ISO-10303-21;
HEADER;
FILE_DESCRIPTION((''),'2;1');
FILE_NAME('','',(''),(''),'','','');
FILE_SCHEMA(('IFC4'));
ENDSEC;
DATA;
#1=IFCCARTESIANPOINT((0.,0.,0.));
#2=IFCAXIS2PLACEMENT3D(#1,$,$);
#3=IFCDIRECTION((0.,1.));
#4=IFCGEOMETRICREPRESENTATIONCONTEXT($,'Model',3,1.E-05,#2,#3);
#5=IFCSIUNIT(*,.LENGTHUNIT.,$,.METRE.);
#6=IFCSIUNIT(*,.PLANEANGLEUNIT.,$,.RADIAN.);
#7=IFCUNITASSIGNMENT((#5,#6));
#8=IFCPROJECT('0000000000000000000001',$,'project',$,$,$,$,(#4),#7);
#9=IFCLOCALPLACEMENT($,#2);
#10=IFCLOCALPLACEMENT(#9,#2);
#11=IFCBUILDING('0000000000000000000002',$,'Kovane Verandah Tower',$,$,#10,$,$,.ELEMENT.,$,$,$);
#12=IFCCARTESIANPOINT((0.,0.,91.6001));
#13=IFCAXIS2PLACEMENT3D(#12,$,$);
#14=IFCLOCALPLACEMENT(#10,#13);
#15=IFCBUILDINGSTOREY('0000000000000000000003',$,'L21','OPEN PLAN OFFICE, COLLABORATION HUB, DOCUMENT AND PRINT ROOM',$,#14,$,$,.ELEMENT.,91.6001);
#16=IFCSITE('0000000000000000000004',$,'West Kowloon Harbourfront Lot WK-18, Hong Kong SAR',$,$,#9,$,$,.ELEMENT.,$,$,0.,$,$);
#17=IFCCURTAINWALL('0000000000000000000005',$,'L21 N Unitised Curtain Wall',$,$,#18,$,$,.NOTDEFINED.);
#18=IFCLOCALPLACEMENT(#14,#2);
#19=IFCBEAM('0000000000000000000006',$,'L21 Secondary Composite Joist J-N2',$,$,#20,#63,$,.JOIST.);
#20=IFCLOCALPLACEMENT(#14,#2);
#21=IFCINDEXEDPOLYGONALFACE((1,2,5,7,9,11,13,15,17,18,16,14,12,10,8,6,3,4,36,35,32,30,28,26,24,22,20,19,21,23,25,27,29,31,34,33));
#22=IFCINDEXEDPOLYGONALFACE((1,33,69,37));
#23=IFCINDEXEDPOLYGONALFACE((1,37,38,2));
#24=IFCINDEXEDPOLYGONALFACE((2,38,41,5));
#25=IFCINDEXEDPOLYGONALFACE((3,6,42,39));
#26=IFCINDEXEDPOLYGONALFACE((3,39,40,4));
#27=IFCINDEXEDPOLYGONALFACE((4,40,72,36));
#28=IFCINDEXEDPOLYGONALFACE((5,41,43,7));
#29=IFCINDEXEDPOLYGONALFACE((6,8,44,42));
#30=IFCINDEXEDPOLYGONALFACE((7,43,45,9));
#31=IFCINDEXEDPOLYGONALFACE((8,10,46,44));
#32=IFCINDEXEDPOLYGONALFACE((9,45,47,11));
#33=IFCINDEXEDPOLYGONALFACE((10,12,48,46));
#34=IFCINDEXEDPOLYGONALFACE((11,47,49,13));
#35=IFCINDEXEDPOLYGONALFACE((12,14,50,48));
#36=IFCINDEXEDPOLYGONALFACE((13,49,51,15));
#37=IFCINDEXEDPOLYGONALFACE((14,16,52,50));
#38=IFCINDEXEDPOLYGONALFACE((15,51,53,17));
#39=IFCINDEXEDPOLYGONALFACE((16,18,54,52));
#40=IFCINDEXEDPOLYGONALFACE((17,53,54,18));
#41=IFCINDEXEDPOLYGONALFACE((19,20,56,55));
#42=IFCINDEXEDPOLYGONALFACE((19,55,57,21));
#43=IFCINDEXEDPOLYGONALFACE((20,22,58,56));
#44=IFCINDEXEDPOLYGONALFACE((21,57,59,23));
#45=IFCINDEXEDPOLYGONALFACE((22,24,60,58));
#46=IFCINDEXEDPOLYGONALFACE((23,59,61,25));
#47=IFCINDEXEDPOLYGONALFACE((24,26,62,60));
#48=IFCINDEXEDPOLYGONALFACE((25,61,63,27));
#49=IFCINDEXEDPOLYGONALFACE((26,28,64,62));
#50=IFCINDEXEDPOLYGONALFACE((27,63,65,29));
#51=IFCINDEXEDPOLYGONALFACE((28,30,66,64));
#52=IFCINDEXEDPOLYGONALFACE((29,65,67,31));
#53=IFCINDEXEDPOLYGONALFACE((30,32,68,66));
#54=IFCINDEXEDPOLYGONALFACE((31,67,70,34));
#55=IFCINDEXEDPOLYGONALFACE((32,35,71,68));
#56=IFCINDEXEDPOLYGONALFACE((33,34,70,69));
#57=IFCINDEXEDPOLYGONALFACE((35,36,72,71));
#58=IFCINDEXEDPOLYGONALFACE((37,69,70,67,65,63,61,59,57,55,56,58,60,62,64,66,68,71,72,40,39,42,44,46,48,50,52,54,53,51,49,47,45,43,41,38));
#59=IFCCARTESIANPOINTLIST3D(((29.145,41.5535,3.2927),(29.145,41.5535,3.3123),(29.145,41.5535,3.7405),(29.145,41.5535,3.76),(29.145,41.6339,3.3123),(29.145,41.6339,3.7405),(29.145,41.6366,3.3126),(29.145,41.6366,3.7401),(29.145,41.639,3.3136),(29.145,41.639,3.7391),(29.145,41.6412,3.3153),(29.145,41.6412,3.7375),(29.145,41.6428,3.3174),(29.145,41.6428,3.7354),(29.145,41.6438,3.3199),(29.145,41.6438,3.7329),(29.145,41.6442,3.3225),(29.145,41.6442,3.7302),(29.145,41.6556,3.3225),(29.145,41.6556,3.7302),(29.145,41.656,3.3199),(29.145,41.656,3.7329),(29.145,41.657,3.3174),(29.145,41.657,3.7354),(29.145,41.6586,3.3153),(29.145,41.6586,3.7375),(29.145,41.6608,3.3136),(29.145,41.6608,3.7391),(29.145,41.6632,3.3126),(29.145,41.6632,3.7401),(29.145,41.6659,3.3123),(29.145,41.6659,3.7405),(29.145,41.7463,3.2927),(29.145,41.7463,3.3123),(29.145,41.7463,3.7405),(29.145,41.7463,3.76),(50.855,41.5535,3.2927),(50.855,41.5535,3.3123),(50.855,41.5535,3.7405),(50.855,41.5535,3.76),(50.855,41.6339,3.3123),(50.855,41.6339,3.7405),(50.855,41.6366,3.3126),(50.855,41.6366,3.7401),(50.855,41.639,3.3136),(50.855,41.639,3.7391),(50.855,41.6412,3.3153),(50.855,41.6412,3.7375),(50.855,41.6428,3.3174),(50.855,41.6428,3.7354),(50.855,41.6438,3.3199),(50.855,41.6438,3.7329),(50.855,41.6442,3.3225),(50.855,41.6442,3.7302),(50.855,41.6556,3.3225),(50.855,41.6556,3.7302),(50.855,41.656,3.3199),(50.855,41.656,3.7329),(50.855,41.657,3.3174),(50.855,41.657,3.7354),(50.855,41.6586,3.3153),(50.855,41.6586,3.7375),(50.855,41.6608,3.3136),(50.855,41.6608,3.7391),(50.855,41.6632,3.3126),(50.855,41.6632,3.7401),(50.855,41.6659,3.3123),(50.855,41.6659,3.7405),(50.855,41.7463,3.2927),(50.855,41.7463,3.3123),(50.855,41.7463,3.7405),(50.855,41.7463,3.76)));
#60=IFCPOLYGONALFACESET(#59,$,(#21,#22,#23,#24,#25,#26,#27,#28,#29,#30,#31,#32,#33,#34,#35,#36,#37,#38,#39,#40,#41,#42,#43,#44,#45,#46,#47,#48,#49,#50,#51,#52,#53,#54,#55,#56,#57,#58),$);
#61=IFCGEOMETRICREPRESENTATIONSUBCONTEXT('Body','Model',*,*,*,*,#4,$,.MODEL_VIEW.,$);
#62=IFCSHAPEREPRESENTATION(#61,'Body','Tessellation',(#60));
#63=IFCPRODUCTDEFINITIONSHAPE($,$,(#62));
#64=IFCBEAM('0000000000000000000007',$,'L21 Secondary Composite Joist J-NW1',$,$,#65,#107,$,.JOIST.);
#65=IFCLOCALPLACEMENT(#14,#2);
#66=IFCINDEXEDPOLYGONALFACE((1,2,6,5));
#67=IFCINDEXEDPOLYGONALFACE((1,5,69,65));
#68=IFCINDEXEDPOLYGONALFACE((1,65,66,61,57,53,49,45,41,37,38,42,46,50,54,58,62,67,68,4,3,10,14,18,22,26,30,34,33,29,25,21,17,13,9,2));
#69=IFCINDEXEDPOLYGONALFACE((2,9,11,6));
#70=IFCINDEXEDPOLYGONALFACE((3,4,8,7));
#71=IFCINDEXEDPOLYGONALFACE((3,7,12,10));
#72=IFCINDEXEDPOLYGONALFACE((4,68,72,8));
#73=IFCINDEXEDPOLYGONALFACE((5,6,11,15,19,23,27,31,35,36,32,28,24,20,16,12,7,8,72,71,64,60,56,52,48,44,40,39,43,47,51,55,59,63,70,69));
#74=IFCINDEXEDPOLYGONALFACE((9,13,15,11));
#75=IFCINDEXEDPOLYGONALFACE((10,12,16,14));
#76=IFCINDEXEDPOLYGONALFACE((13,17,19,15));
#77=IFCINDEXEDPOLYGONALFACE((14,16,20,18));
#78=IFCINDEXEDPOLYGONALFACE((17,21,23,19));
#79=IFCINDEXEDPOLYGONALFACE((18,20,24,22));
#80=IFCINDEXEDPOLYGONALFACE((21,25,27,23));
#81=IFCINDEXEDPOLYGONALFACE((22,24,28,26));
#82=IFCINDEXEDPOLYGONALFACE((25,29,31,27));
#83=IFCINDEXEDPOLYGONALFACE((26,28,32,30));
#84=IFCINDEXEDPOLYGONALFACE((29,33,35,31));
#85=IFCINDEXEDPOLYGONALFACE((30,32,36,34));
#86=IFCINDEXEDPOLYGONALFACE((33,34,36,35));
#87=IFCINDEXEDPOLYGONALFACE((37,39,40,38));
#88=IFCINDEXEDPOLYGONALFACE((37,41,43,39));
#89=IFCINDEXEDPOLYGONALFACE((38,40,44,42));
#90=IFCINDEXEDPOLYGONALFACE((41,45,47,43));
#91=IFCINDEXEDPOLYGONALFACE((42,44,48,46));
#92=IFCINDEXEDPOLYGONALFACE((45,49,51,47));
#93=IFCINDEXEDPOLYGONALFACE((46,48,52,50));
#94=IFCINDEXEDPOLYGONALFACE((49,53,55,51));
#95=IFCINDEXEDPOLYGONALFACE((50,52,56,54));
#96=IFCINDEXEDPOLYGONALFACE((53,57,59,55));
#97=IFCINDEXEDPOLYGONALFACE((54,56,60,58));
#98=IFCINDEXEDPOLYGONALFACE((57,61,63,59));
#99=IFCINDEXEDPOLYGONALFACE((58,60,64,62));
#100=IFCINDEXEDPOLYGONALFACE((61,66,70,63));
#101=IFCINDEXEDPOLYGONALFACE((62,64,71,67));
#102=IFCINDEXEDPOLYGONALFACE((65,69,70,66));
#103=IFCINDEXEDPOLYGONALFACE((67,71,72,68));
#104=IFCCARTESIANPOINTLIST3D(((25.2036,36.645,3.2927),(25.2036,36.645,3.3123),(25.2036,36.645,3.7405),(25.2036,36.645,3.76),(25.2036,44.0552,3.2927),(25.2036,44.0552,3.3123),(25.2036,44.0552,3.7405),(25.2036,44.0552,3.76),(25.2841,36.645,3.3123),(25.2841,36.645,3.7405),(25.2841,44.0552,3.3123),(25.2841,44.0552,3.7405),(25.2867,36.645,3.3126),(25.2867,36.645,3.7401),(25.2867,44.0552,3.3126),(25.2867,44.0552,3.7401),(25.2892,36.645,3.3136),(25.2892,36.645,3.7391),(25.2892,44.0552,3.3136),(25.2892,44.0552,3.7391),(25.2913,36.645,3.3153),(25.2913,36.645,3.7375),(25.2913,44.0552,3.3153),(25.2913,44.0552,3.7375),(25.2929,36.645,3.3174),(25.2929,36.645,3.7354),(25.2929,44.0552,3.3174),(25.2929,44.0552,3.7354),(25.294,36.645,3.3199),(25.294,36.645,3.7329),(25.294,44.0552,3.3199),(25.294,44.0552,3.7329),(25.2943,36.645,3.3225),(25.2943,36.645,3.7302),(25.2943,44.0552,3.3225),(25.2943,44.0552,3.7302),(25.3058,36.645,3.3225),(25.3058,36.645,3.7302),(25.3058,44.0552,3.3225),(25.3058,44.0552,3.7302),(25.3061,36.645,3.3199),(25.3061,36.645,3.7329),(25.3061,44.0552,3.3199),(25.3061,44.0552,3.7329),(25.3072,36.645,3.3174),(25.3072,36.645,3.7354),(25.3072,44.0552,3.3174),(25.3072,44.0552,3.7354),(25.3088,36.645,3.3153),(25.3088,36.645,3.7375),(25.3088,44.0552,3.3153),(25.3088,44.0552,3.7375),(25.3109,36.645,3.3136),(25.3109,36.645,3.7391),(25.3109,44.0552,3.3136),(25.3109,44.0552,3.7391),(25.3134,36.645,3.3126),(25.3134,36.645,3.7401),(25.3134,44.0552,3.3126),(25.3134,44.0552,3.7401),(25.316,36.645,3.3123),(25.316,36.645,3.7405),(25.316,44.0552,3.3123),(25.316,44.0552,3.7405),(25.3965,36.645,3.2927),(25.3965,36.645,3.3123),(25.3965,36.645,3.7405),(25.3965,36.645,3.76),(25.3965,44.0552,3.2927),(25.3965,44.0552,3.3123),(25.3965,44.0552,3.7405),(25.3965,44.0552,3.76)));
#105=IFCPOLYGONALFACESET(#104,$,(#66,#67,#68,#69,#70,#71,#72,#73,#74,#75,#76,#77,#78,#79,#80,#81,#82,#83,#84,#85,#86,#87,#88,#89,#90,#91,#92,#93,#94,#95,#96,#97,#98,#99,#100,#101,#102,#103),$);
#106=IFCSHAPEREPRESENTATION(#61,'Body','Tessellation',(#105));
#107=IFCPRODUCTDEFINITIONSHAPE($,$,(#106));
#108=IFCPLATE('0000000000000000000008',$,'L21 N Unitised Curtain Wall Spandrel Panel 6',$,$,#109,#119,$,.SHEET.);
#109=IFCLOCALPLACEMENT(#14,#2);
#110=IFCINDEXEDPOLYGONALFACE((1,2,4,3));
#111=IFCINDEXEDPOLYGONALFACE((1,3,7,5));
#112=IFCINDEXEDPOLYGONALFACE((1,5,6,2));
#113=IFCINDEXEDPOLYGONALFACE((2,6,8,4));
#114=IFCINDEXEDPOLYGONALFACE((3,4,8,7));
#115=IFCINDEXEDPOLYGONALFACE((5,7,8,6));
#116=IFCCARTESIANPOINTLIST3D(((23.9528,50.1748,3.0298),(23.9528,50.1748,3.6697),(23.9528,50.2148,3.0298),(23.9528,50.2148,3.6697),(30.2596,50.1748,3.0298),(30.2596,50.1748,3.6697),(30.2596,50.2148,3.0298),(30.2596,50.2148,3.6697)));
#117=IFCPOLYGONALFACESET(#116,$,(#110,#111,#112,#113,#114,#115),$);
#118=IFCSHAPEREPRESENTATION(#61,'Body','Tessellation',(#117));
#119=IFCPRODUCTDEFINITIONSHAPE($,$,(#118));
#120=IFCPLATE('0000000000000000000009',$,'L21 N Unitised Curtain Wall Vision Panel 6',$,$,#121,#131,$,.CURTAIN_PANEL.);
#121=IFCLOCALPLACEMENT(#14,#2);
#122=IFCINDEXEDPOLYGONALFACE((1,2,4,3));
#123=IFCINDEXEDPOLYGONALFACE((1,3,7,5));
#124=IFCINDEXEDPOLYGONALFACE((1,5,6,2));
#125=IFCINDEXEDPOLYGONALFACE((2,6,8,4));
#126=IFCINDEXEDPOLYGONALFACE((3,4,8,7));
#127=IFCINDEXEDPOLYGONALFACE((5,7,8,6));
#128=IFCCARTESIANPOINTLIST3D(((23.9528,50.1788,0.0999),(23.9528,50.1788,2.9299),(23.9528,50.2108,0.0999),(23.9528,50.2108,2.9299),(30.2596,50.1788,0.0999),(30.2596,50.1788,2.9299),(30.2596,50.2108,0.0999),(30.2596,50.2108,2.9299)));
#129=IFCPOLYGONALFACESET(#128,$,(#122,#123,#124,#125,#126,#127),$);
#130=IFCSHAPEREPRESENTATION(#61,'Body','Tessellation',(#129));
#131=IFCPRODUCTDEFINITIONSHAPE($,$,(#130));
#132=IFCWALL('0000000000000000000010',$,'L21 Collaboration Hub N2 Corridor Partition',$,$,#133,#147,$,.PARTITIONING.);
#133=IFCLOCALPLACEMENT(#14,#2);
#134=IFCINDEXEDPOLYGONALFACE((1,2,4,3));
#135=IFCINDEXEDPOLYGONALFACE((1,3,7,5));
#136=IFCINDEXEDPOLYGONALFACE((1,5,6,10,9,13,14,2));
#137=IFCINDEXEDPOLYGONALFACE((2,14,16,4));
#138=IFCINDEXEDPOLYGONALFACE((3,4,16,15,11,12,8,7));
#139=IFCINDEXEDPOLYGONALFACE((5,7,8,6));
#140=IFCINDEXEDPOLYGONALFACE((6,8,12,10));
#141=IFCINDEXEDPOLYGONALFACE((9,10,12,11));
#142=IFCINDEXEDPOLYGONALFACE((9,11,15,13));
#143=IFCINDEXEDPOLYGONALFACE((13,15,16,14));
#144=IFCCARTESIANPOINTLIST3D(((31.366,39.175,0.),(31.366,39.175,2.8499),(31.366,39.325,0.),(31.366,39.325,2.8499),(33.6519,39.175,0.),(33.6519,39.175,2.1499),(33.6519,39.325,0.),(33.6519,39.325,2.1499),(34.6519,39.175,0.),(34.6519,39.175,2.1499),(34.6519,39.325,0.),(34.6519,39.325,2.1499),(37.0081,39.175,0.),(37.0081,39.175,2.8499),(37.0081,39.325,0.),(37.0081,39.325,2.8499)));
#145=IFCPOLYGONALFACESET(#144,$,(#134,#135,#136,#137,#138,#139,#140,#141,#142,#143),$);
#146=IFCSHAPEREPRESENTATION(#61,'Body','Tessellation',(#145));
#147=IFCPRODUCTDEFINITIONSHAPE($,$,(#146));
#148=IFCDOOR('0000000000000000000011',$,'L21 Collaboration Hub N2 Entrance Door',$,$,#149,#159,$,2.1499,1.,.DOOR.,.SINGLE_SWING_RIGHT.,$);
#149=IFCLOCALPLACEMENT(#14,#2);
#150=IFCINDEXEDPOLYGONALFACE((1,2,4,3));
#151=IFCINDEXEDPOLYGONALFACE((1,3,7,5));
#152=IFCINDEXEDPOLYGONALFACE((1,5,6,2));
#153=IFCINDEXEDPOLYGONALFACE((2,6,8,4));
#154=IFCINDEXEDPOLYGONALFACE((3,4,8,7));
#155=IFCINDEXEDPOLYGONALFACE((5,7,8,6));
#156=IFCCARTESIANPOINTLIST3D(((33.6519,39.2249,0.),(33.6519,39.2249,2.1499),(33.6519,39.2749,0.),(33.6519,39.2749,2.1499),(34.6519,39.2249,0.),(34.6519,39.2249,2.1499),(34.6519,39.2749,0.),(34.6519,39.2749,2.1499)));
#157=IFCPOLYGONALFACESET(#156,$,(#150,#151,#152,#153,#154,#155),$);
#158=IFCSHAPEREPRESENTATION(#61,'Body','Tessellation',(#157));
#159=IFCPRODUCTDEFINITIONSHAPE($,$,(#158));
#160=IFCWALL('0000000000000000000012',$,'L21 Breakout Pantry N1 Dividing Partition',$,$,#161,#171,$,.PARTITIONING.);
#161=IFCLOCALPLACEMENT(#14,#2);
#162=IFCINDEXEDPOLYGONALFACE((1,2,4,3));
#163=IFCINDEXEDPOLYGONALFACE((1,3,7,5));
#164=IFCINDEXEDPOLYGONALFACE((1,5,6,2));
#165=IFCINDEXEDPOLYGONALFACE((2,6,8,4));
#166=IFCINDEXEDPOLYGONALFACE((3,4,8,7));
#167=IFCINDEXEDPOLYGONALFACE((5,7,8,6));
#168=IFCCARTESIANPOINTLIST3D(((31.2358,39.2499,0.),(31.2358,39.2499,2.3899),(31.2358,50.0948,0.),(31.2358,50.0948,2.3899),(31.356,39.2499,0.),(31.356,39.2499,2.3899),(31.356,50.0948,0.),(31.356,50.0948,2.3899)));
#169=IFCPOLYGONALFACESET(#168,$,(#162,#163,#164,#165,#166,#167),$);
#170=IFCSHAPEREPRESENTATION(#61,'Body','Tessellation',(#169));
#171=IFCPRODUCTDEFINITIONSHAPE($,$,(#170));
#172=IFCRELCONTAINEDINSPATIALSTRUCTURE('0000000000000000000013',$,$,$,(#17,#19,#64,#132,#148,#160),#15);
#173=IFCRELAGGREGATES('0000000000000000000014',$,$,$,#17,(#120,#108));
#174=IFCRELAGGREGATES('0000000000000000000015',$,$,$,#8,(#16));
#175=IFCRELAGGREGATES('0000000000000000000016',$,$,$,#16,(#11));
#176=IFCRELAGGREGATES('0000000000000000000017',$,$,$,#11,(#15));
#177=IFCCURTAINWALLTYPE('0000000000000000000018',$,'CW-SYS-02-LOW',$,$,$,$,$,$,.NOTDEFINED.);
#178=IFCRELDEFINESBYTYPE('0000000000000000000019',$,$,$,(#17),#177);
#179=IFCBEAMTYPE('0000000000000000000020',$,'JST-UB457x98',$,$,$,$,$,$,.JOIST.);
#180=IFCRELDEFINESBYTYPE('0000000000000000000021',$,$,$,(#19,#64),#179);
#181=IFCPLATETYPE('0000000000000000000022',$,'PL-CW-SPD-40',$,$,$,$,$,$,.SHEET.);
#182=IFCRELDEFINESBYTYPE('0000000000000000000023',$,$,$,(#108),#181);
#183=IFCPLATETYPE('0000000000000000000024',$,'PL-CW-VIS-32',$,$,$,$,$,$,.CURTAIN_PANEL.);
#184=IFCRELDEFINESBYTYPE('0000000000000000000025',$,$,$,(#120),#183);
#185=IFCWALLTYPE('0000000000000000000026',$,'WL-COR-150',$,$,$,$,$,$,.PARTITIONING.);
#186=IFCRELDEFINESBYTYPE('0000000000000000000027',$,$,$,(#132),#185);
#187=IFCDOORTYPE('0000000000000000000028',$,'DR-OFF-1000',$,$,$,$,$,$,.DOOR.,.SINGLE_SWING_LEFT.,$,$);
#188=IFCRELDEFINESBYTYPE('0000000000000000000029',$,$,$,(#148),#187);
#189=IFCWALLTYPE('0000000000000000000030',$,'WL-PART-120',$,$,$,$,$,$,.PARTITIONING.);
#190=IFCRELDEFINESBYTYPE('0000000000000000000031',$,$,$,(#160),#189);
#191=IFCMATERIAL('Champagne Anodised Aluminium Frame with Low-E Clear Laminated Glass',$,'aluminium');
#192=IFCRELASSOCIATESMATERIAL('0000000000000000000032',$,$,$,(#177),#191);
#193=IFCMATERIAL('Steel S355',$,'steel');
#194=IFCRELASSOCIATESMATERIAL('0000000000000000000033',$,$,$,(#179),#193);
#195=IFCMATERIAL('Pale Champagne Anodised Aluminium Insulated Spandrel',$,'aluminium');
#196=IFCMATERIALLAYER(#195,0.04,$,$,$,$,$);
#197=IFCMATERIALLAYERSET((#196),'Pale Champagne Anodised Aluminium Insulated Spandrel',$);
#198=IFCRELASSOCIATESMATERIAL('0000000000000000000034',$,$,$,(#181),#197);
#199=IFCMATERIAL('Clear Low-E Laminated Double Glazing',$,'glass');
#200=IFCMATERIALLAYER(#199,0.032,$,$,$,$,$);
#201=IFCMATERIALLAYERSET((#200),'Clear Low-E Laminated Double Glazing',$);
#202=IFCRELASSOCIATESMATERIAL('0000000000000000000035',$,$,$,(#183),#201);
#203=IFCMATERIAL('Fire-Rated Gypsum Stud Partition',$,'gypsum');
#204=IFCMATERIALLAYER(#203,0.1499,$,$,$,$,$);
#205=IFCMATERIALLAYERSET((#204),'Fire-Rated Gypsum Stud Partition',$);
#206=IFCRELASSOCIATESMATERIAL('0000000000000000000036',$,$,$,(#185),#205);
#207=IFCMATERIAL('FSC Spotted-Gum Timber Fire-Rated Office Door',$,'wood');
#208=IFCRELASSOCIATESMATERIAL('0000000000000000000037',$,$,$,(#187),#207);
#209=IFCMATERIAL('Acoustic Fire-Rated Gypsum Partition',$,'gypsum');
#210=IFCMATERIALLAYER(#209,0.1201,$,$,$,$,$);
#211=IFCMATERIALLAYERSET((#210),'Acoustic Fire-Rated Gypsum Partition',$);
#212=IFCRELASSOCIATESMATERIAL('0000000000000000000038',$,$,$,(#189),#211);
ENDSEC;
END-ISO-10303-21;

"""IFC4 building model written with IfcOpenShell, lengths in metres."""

from ifc_helpers import new_model, si_unit, direction, frame, frame_2d, origin, origin_2d, place, context, subcontext, project, spatial, rectangle, i_section, extrude, material, layer, layer_set, material_profile, profile_set, type_object, element, fill, aggregate, save


model = new_model("IFC4")

# Units and contexts
model_context = context("Model", 3, precision=1e-05, world=origin(), true_north=direction((0.0, 1.0)))
body_context = subcontext(model_context, "Body", "Model", "MODEL_VIEW")
ifc_project = project(units=[si_unit("LENGTHUNIT", "METRE"), si_unit("PLANEANGLEUNIT", "RADIAN")], contexts=[model_context])

# Site, building, storey
site_placement = place(None, origin())
site = spatial("IfcSite", under=ifc_project, at=site_placement, Name="West Kowloon Harbourfront Lot WK-18, Hong Kong SAR", CompositionType="ELEMENT", RefElevation=0.0)
building_placement = place(site_placement, origin())
building = spatial("IfcBuilding", under=site, at=building_placement, Name="Kovane Verandah Tower", CompositionType="ELEMENT")
storey_placement = place(building_placement, frame((0.0, 0.0, 91.6001)))
storey = spatial("IfcBuildingStorey", under=building, at=storey_placement, Name="L21", Description="OPEN PLAN OFFICE, COLLABORATION HUB, DOCUMENT AND PRINT ROOM", CompositionType="ELEMENT", Elevation=91.6001)

# Shared definitions
ifc_material_1 = material(Name="Steel S355", Category="steel")

# Curtain wall
ifc_material_2 = material(Name="Champagne Anodised Aluminium Frame with Low-E Clear Laminated Glass", Category="aluminium")
curtain_wall_type = type_object("IfcCurtainWallType", Name="CW-SYS-02-LOW", PredefinedType="NOTDEFINED", material=ifc_material_2)
curtain_wall_placement = place(storey_placement, origin())
curtain_wall = element("IfcCurtainWall", 1, at=curtain_wall_placement, inside=storey, type_object=curtain_wall_type, Name="L21 N Unitised Curtain Wall", PredefinedType="NOTDEFINED")

# Beams
ifc_material_profile_1 = material_profile(ifc_material_1, i_section(OverallWidth=0.1929, OverallDepth=0.4673, WebThickness=0.0115, FlangeThickness=0.0195, FilletRadius=0.0103, at=origin_2d()), Name="UB457x191x98")
ifc_profile_set_1 = profile_set([ifc_material_profile_1], Name="Steel S355")
beam_type_1 = type_object("IfcBeamType", Name="JST-UB457x98", PredefinedType="JOIST", material=ifc_profile_set_1)
for number, where, z_axis, x_axis, name in (
    (2, (29.145, 41.6499, 3.5264), (1.0, 0.0, 0.0), (0.0, 1.0, 0.0), "L21 Secondary Composite Joist J-N2"),
):
    element("IfcBeam", number, at=place(storey_placement, frame(where, z_axis=z_axis, x_axis=x_axis)), inside=storey, type_object=beam_type_1, Name=name, PredefinedType="JOIST", context=body_context, shape_type="SweptSolid", body=[
        extrude(i_section(OverallWidth=0.1929, OverallDepth=0.4673, WebThickness=0.0115, FlangeThickness=0.0195, FilletRadius=0.0103, at=origin_2d()), origin(), (0.0, 0.0, 1.0), 21.71),
    ])
beam_1_placement = place(storey_placement, frame((25.3, 36.645, 3.5264), z_axis=(0.0, 1.0, 0.0), x_axis=(-1.0, 0.0, 0.0)))
element("IfcBeam", 3, at=beam_1_placement, inside=storey, type_object=beam_type_1, Name="L21 Secondary Composite Joist J-NW1", PredefinedType="JOIST", context=body_context, shape_type="SweptSolid", body=[
    extrude(i_section(OverallWidth=0.1929, OverallDepth=0.4673, WebThickness=0.0115, FlangeThickness=0.0195, FilletRadius=0.0103, at=origin_2d()), origin(), (0.0, 0.0, 1.0), 7.4102),
])

# Plates
ifc_material_3 = material(Name="Pale Champagne Anodised Aluminium Insulated Spandrel", Category="aluminium")
ifc_layer_1 = layer(ifc_material_3, 0.04)
ifc_layer_set_1 = layer_set([ifc_layer_1], Name="Pale Champagne Anodised Aluminium Insulated Spandrel")
plate_type_1 = type_object("IfcPlateType", Name="PL-CW-SPD-40", PredefinedType="SHEET", material=ifc_layer_set_1)
plate_1_placement = place(storey_placement, frame((27.1062, 50.1948, 3.0298), z_axis=(0.0, 0.0, 1.0), x_axis=(-1.0, 0.0, 0.0)))
plate_1 = element("IfcPlate", 4, at=plate_1_placement, type_object=plate_type_1, Name="L21 N Unitised Curtain Wall Spandrel Panel 6", PredefinedType="SHEET", context=body_context, shape_type="SweptSolid", body=[
    extrude(rectangle(XDim=6.3069, YDim=0.04, at=origin_2d()), origin(), (0.0, 0.0, 1.0), 0.6399),
])
ifc_material_4 = material(Name="Clear Low-E Laminated Double Glazing", Category="glass")
ifc_layer_2 = layer(ifc_material_4, 0.032)
ifc_layer_set_2 = layer_set([ifc_layer_2], Name="Clear Low-E Laminated Double Glazing")
plate_type_2 = type_object("IfcPlateType", Name="PL-CW-VIS-32", PredefinedType="CURTAIN_PANEL", material=ifc_layer_set_2)
plate_2_placement = place(storey_placement, frame((27.1062, 50.1948, 0.0999), z_axis=(0.0, 0.0, 1.0), x_axis=(-1.0, 0.0, 0.0)))
plate_2 = element("IfcPlate", 5, at=plate_2_placement, type_object=plate_type_2, Name="L21 N Unitised Curtain Wall Vision Panel 6", PredefinedType="CURTAIN_PANEL", context=body_context, shape_type="SweptSolid", body=[
    extrude(rectangle(XDim=6.3069, YDim=0.032, at=origin_2d()), origin(), (0.0, 0.0, 1.0), 2.8301),
])
aggregate(curtain_wall, [plate_2, plate_1])

# Wall, opening, door
ifc_material_5 = material(Name="Fire-Rated Gypsum Stud Partition", Category="gypsum")
ifc_layer_3 = layer(ifc_material_5, 0.1499)
ifc_layer_set_3 = layer_set([ifc_layer_3], Name="Fire-Rated Gypsum Stud Partition")
wall_type_1 = type_object("IfcWallType", Name="WL-COR-150", PredefinedType="PARTITIONING", material=ifc_layer_set_3)
ifc_material_6 = material(Name="FSC Spotted-Gum Timber Fire-Rated Office Door", Category="wood")
door_type = type_object("IfcDoorType", Name="DR-OFF-1000", OperationType="SINGLE_SWING_LEFT", PredefinedType="DOOR", material=ifc_material_6)
wall_1_placement = place(storey_placement, frame((31.366, 39.25, 0.0), z_axis=(0.0, 0.0, 1.0), x_axis=(1.0, 0.0, 0.0)))
wall_1 = element("IfcWall", 6, at=wall_1_placement, inside=storey, type_object=wall_type_1, Name="L21 Collaboration Hub N2 Corridor Partition", PredefinedType="PARTITIONING", context=body_context, shape_type="SweptSolid", body=[
    extrude(rectangle(XDim=5.6421, YDim=0.1499, at=frame_2d((2.821, 0.0))), origin(), (0.0, 0.0, 1.0), 2.8499),
])
opening_1_placement = place(wall_1_placement, frame((2.2859, 0.0, 0.0)))
opening_1 = element("IfcOpeningElement", 7, at=opening_1_placement, cuts=wall_1, PredefinedType="OPENING", context=body_context, shape_type="SweptSolid", body=[
    extrude(rectangle(XDim=1.0, YDim=2.1499, at=frame_2d((0.5, 1.075))), frame((0.0, 0.075, 0.0), z_axis=(0.0, -1.0, 0.0), x_axis=(1.0, 0.0, 0.0)), (0.0, 0.0, 1.0), 0.1499),
])
door_1_placement = place(opening_1_placement, origin())
door_1 = element("IfcDoor", 8, at=door_1_placement, inside=storey, type_object=door_type, Name="L21 Collaboration Hub N2 Entrance Door", OperationType="SINGLE_SWING_RIGHT", OverallHeight=2.1499, OverallWidth=1.0, PredefinedType="DOOR", context=body_context, shape_type="SweptSolid", body=[
    extrude(rectangle(XDim=1.0, YDim=2.1499, at=frame_2d((0.5, 1.075))), frame((0.0, 0.0249, 0.0), z_axis=(0.0, -1.0, 0.0), x_axis=(1.0, 0.0, 0.0)), (0.0, 0.0, 1.0), 0.05),
])
fill(opening_1, door_1)

# Wall
ifc_material_7 = material(Name="Acoustic Fire-Rated Gypsum Partition", Category="gypsum")
ifc_layer_4 = layer(ifc_material_7, 0.1201)
ifc_layer_set_4 = layer_set([ifc_layer_4], Name="Acoustic Fire-Rated Gypsum Partition")
wall_type_2 = type_object("IfcWallType", Name="WL-PART-120", PredefinedType="PARTITIONING", material=ifc_layer_set_4)
wall_2_placement = place(storey_placement, frame((31.2959, 39.25, 0.0), z_axis=(0.0, 0.0, 1.0), x_axis=(0.0, 1.0, 0.0)))
element("IfcWall", 9, at=wall_2_placement, inside=storey, type_object=wall_type_2, Name="L21 Breakout Pantry N1 Dividing Partition", PredefinedType="PARTITIONING", context=body_context, shape_type="SweptSolid", body=[
    extrude(rectangle(XDim=10.845, YDim=0.1201, at=frame_2d((5.4224, 0.0))), origin(), (0.0, 0.0, 1.0), 2.3899),
])

save(model, "model.ifc")
